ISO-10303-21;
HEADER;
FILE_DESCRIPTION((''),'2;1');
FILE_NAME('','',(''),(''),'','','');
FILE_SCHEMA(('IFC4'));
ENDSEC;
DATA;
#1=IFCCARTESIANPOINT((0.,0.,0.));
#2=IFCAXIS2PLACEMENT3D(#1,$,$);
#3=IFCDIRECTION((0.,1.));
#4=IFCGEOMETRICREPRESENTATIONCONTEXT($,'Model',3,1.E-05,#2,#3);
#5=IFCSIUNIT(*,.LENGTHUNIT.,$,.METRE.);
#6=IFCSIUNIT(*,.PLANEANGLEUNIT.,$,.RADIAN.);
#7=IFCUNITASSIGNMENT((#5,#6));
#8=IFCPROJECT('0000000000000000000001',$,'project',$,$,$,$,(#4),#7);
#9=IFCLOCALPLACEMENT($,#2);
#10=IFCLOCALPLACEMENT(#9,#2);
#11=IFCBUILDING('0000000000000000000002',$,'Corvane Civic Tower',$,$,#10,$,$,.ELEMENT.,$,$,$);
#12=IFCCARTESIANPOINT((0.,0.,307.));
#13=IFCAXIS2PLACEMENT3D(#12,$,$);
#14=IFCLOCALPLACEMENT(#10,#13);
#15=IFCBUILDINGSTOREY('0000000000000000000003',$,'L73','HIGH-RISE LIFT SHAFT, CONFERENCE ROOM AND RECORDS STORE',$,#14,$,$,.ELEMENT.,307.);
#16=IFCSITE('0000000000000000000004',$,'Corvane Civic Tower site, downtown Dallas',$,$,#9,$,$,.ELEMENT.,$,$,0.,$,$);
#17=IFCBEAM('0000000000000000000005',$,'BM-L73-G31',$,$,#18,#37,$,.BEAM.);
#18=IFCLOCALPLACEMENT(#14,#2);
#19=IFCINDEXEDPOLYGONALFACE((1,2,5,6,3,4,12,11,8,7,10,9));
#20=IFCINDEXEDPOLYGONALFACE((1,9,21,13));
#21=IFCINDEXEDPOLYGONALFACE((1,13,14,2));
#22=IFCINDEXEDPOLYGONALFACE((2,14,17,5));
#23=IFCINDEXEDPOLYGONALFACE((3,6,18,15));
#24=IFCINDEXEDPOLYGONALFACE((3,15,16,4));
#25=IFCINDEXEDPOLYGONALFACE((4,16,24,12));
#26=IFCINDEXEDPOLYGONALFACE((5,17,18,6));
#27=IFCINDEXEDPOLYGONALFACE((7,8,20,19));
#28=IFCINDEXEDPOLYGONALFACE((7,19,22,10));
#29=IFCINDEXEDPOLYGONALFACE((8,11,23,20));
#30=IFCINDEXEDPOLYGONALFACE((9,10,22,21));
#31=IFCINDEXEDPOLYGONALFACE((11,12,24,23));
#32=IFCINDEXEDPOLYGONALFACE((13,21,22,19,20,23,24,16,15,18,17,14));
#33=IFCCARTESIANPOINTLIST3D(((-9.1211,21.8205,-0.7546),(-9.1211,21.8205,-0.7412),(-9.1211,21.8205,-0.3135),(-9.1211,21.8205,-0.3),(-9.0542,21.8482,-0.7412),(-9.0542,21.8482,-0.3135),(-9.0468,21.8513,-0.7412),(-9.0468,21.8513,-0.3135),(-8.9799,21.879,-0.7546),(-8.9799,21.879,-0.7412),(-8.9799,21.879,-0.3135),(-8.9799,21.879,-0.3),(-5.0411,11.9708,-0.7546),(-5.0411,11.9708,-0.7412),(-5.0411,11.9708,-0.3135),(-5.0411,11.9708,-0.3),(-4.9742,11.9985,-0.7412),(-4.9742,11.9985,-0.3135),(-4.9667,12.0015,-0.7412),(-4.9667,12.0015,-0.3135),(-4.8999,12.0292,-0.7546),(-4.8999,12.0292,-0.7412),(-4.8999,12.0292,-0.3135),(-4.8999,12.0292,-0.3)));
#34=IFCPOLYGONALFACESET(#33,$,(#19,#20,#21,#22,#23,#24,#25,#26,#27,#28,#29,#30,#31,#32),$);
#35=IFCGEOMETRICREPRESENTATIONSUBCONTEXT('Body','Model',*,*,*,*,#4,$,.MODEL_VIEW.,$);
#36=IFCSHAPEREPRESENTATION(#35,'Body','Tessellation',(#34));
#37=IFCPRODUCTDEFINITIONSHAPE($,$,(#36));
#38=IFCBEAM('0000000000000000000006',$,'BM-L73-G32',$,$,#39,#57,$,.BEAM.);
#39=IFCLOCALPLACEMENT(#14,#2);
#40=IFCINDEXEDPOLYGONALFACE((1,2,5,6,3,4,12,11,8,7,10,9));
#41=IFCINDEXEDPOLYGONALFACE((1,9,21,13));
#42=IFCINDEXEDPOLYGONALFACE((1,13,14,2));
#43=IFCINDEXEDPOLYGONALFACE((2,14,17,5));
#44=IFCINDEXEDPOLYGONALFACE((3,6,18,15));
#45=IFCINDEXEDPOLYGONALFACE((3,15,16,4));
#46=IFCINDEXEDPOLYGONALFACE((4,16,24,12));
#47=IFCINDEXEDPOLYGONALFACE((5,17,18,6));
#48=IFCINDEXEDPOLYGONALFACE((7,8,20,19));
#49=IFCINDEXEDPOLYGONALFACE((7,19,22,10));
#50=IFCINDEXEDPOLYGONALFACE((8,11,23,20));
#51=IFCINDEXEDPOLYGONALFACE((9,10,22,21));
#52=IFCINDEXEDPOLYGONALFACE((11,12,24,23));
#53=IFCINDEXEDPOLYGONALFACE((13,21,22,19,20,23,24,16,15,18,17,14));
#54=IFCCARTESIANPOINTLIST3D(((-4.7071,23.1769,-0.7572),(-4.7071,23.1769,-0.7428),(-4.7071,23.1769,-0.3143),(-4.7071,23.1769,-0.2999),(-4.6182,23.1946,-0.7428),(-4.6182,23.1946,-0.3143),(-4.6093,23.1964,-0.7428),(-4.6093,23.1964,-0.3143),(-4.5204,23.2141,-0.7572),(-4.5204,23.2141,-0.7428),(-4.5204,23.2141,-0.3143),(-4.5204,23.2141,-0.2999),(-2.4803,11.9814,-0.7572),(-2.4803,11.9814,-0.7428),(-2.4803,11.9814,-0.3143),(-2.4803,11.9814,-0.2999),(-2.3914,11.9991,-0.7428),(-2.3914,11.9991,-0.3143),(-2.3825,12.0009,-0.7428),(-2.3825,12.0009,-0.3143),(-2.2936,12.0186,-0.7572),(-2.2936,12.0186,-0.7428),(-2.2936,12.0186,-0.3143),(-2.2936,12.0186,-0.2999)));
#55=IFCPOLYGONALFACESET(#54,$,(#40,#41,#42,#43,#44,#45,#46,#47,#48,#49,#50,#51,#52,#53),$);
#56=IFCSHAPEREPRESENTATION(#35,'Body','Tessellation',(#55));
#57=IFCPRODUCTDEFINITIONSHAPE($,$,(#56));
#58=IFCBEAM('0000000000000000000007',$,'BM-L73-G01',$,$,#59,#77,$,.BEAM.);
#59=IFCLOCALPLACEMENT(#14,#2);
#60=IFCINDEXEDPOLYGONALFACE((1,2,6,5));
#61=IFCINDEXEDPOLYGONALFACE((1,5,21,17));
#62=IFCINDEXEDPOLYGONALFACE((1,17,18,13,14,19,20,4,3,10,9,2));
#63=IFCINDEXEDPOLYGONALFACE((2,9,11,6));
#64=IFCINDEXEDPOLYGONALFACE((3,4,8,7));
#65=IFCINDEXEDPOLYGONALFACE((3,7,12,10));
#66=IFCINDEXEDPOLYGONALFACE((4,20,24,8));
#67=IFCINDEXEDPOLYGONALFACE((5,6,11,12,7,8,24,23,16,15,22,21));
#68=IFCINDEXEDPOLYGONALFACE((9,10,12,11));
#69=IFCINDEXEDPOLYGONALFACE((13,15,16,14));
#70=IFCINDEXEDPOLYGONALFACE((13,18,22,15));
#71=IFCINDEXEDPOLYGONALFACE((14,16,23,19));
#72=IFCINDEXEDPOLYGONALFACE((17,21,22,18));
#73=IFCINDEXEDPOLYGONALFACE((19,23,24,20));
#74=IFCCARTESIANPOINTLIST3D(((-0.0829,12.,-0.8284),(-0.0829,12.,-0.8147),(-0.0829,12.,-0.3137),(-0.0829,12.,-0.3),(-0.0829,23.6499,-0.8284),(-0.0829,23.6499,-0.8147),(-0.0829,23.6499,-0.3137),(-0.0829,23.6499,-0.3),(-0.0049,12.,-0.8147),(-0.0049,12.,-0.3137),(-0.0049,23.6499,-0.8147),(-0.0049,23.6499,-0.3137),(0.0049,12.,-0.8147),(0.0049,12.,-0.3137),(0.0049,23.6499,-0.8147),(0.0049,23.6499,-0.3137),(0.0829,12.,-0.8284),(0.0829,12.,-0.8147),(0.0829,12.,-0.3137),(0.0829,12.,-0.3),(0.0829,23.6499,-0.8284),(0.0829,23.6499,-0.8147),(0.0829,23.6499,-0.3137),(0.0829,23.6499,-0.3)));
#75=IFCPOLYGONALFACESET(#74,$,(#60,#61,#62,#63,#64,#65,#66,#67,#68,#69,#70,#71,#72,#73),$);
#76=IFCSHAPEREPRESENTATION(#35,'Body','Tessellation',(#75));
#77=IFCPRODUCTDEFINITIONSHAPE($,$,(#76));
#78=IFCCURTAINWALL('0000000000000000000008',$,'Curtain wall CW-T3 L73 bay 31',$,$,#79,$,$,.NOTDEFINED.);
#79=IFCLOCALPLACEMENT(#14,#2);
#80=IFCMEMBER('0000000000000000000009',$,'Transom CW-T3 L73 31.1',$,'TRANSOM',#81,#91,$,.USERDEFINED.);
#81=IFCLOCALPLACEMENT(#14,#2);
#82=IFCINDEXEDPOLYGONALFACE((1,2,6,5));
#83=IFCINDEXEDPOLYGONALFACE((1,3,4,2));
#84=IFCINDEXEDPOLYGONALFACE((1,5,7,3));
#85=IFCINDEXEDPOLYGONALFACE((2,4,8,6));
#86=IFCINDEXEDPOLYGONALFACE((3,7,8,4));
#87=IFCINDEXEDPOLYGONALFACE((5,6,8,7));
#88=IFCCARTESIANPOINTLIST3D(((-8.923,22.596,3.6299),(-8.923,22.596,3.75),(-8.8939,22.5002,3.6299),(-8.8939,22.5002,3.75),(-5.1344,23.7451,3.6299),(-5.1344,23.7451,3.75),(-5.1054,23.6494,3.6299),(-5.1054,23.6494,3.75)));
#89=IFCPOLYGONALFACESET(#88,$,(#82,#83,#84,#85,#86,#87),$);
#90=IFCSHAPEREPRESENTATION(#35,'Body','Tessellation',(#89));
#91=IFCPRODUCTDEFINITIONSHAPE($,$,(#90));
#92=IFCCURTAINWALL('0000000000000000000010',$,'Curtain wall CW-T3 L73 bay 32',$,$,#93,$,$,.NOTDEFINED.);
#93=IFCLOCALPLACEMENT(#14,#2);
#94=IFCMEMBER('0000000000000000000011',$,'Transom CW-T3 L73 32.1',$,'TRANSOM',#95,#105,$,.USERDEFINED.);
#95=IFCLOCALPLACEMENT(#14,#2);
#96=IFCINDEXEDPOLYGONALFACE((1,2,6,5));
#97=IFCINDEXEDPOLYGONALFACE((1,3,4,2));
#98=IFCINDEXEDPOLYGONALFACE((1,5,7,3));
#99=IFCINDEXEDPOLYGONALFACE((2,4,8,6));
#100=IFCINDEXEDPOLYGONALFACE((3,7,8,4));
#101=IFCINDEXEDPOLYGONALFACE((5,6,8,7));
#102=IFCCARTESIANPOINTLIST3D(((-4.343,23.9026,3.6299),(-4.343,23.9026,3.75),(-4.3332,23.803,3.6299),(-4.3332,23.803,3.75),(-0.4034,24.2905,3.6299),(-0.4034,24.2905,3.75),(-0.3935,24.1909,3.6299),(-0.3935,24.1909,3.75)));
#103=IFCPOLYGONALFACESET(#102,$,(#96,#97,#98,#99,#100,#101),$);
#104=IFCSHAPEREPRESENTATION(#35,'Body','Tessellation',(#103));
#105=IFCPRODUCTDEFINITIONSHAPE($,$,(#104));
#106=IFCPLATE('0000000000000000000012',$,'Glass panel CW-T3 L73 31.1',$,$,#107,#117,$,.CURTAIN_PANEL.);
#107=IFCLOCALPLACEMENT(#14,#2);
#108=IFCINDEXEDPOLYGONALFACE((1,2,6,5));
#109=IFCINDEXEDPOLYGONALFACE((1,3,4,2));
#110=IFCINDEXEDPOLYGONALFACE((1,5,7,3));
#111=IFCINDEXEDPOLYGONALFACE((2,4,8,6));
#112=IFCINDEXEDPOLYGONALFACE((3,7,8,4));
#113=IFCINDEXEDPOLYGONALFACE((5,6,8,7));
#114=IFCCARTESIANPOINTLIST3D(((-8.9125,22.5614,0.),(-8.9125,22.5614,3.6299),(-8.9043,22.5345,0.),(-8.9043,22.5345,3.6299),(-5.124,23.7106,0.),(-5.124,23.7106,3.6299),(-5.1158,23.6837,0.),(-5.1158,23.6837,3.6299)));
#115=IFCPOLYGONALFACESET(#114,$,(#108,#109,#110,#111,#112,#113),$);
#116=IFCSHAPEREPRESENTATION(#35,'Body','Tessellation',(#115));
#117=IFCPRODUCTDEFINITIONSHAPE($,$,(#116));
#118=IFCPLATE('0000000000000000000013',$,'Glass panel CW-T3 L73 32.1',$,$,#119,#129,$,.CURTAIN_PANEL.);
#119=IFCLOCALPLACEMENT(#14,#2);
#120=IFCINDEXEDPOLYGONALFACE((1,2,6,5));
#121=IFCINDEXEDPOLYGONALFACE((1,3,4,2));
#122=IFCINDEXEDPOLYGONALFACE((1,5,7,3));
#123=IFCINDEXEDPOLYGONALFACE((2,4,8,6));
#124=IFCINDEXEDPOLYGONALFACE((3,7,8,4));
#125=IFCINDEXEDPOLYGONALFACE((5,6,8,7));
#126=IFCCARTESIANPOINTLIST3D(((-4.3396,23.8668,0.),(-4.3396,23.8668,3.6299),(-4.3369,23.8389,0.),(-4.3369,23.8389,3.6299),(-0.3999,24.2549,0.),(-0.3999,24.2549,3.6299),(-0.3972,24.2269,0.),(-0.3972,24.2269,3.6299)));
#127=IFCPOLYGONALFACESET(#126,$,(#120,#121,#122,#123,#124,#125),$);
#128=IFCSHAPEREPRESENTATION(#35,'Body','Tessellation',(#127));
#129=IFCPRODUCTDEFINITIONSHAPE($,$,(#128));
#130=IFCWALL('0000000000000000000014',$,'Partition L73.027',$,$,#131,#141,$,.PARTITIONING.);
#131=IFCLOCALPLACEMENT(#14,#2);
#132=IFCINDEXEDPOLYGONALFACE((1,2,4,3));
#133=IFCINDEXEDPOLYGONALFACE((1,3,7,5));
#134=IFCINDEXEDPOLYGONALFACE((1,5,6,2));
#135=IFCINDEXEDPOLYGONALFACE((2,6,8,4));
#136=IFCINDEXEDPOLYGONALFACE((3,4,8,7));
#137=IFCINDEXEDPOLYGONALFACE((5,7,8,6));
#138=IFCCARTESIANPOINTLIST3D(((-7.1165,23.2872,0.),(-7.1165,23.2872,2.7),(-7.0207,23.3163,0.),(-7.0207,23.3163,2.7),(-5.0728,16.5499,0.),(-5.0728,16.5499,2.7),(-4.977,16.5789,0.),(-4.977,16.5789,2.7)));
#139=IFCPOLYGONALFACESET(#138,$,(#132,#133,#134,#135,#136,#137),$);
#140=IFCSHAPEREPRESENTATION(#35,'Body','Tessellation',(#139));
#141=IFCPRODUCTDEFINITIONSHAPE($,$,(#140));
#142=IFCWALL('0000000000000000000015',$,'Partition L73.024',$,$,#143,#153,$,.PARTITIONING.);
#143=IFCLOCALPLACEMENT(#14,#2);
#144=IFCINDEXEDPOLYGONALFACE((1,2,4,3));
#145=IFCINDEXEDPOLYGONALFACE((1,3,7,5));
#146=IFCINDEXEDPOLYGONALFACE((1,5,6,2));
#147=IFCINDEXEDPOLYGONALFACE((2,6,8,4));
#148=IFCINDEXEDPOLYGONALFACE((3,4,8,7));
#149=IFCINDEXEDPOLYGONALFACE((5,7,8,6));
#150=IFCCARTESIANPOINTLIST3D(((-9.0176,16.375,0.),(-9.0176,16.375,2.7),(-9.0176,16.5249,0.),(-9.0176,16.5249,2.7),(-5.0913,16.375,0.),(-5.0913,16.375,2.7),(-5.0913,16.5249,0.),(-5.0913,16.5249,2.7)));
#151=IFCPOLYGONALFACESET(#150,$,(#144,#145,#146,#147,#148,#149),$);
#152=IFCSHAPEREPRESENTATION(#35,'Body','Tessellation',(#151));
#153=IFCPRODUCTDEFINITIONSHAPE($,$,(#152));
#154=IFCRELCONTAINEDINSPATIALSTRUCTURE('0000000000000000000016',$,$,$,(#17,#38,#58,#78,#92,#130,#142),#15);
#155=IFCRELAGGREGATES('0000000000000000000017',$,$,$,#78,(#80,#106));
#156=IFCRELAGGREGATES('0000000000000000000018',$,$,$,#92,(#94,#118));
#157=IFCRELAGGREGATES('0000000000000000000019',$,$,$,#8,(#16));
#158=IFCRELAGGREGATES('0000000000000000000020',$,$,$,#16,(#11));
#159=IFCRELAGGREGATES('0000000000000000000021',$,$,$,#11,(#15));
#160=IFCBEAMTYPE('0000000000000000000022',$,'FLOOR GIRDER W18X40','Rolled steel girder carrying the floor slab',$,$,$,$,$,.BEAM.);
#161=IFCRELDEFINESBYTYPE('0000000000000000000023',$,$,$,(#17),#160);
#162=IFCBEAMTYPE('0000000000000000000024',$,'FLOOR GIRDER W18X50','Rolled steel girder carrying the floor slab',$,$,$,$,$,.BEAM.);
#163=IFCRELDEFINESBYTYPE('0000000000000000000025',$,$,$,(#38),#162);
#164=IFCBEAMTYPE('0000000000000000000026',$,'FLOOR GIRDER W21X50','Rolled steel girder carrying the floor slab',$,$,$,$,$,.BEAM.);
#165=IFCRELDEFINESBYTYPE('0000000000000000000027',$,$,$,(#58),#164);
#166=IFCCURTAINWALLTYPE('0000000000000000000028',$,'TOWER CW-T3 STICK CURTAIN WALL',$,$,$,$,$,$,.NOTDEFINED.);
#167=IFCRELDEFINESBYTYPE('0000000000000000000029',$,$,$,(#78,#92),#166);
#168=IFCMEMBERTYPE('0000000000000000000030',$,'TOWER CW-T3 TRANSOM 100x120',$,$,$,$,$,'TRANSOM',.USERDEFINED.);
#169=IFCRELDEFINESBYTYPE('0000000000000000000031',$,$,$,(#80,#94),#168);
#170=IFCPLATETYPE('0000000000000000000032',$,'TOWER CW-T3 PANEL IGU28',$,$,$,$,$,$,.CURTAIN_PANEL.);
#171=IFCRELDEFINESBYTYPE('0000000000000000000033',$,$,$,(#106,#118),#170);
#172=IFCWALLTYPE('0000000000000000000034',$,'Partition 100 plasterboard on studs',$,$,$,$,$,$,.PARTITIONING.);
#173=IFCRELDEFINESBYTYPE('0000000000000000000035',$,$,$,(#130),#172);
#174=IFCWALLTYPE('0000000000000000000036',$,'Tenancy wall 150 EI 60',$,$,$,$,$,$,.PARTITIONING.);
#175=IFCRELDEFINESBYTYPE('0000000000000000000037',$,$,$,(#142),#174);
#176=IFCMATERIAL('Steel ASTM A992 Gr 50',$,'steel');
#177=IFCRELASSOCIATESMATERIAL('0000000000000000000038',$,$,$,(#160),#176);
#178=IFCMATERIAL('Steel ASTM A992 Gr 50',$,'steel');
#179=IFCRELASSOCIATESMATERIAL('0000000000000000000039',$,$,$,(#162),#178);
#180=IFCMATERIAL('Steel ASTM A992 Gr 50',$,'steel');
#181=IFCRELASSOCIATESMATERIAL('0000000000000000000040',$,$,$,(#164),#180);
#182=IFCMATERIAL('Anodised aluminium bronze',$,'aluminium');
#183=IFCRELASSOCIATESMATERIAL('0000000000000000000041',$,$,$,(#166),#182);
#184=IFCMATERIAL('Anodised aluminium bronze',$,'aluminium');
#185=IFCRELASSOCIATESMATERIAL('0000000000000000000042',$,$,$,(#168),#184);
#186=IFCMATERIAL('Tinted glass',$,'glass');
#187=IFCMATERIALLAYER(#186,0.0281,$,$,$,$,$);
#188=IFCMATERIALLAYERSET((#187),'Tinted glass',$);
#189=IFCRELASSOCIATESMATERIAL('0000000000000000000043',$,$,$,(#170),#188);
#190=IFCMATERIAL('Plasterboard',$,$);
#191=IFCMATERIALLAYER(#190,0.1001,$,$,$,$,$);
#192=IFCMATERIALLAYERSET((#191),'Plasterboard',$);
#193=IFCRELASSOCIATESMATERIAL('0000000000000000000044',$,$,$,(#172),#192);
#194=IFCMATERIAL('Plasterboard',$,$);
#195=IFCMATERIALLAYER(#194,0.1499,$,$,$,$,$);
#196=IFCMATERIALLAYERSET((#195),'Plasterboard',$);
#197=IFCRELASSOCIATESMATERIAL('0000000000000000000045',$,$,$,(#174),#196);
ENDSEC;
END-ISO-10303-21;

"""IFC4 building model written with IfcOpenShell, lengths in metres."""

from ifc_helpers import new_model, si_unit, direction, frame, frame_2d, origin, origin_2d, place, context, subcontext, project, spatial, rectangle, i_section, extrude, material, layer, layer_set, material_profile, profile_set, type_object, element, aggregate, save


model = new_model("IFC4")

# Units and contexts
model_context = context("Model", 3, precision=1e-05, world=origin(), true_north=direction((0.0, 1.0)))
body_context = subcontext(model_context, "Body", "Model", "MODEL_VIEW")
ifc_project = project(units=[si_unit("LENGTHUNIT", "METRE"), si_unit("PLANEANGLEUNIT", "RADIAN")], contexts=[model_context])

# Site, building, storey
site_placement = place(None, origin())
site = spatial("IfcSite", under=ifc_project, at=site_placement, Name="Corvane Civic Tower site, downtown Dallas", CompositionType="ELEMENT", RefElevation=0.0)
building_placement = place(site_placement, origin())
building = spatial("IfcBuilding", under=site, at=building_placement, Name="Corvane Civic Tower", CompositionType="ELEMENT")
storey_placement = place(building_placement, frame((0.0, 0.0, 307.0)))
storey = spatial("IfcBuildingStorey", under=building, at=storey_placement, Name="L73", Description="HIGH-RISE LIFT SHAFT, CONFERENCE ROOM AND RECORDS STORE", CompositionType="ELEMENT", Elevation=307.0)

# Beams
ifc_material_1 = material(Name="Steel ASTM A992 Gr 50", Category="steel")
ifc_material_profile_1 = material_profile(ifc_material_1, i_section(OverallWidth=0.1528, OverallDepth=0.4546, WebThickness=0.0081, FlangeThickness=0.0134, at=origin_2d()), Name="W18X40")
ifc_profile_set_1 = profile_set([ifc_material_profile_1], Name="Steel ASTM A992 Gr 50")
beam_type_1 = type_object("IfcBeamType", Name="FLOOR GIRDER W18X40", Description="Rolled steel girder carrying the floor slab", PredefinedType="BEAM", material=ifc_profile_set_1)
beam_1_placement = place(storey_placement, frame((-4.9705, 12.0, -0.5273), z_axis=(-0.382694, 0.923875, 0.0), x_axis=(-0.923875, -0.382694, 0.0)))
element("IfcBeam", 1, at=beam_1_placement, inside=storey, type_object=beam_type_1, Name="BM-L73-G31", PredefinedType="BEAM", context=body_context, shape_type="SweptSolid", body=[
    extrude(i_section(OverallWidth=0.1528, OverallDepth=0.4546, WebThickness=0.0081, FlangeThickness=0.0134, at=origin_2d()), origin(), (0.0, 0.0, 1.0), 10.6614),
])
ifc_material_2 = material(Name="Steel ASTM A992 Gr 50", Category="steel")
ifc_material_profile_2 = material_profile(ifc_material_2, i_section(OverallWidth=0.1904, OverallDepth=0.4573, WebThickness=0.009, FlangeThickness=0.0144, at=origin_2d()), Name="W18X50")
ifc_profile_set_2 = profile_set([ifc_material_profile_2], Name="Steel ASTM A992 Gr 50")
beam_type_2 = type_object("IfcBeamType", Name="FLOOR GIRDER W18X50", Description="Rolled steel girder carrying the floor slab", PredefinedType="BEAM", material=ifc_profile_set_2)
beam_2_placement = place(storey_placement, frame((-2.387, 12.0, -0.5286), z_axis=(-0.19508, 0.980787, 0.0), x_axis=(-0.980787, -0.19508, 0.0)))
element("IfcBeam", 2, at=beam_2_placement, inside=storey, type_object=beam_type_2, Name="BM-L73-G32", PredefinedType="BEAM", context=body_context, shape_type="SweptSolid", body=[
    extrude(i_section(OverallWidth=0.1904, OverallDepth=0.4573, WebThickness=0.009, FlangeThickness=0.0144, at=origin_2d()), origin(), (0.0, 0.0, 1.0), 11.4148),
])
ifc_material_3 = material(Name="Steel ASTM A992 Gr 50", Category="steel")
ifc_material_profile_3 = material_profile(ifc_material_3, i_section(OverallWidth=0.1658, OverallDepth=0.5283, WebThickness=0.0098, FlangeThickness=0.0137, at=origin_2d()), Name="W21X50")
ifc_profile_set_3 = profile_set([ifc_material_profile_3], Name="Steel ASTM A992 Gr 50")
beam_type_3 = type_object("IfcBeamType", Name="FLOOR GIRDER W21X50", Description="Rolled steel girder carrying the floor slab", PredefinedType="BEAM", material=ifc_profile_set_3)
beam_3_placement = place(storey_placement, frame((0.0, 12.0, -0.5642), z_axis=(0.0, 1.0, 0.0), x_axis=(-1.0, 0.0, 0.0)))
element("IfcBeam", 3, at=beam_3_placement, inside=storey, type_object=beam_type_3, Name="BM-L73-G01", PredefinedType="BEAM", context=body_context, shape_type="SweptSolid", body=[
    extrude(i_section(OverallWidth=0.1658, OverallDepth=0.5283, WebThickness=0.0098, FlangeThickness=0.0137, at=origin_2d()), origin(), (0.0, 0.0, 1.0), 11.6499),
])

# Curtain walls, members
ifc_material_4 = material(Name="Anodised aluminium bronze", Category="aluminium")
curtain_wall_type = type_object("IfcCurtainWallType", Name="TOWER CW-T3 STICK CURTAIN WALL", PredefinedType="NOTDEFINED", material=ifc_material_4)
curtain_wall_1_placement = place(storey_placement, origin())
curtain_wall_1 = element("IfcCurtainWall", 4, at=curtain_wall_1_placement, inside=storey, type_object=curtain_wall_type, Name="Curtain wall CW-T3 L73 bay 31", PredefinedType="NOTDEFINED")
ifc_material_5 = material(Name="Anodised aluminium bronze", Category="aluminium")
ifc_material_profile_4 = material_profile(ifc_material_5, rectangle(XDim=0.1001, YDim=0.1201, at=origin_2d()), Name="TOWER CW-T3 TRANSOM 100x120")
ifc_profile_set_4 = profile_set([ifc_material_profile_4], Name="Anodised aluminium bronze")
member_type = type_object("IfcMemberType", Name="TOWER CW-T3 TRANSOM 100x120", ElementType="TRANSOM", PredefinedType="USERDEFINED", material=ifc_profile_set_4)
member_1_placement = place(storey_placement, frame((-8.9084, 22.5481, 3.6899), z_axis=(0.956946, 0.290266, 0.0), x_axis=(-0.290266, 0.956946, 0.0)))
member_1 = element("IfcMember", 5, at=member_1_placement, type_object=member_type, Name="Transom CW-T3 L73 31.1", ObjectType="TRANSOM", PredefinedType="USERDEFINED", context=body_context, shape_type="SweptSolid", body=[
    extrude(rectangle(XDim=0.1001, YDim=0.1201, at=origin_2d()), origin(), (0.0, 0.0, 1.0), 3.959),
])
curtain_wall_2_placement = place(storey_placement, origin())
curtain_wall_2 = element("IfcCurtainWall", 6, at=curtain_wall_2_placement, inside=storey, type_object=curtain_wall_type, Name="Curtain wall CW-T3 L73 bay 32", PredefinedType="NOTDEFINED")
member_2_placement = place(storey_placement, frame((-4.3381, 23.8528, 3.6899), z_axis=(0.995187, 0.097995, 0.0), x_axis=(-0.097995, 0.995187, 0.0)))
member_2 = element("IfcMember", 7, at=member_2_placement, type_object=member_type, Name="Transom CW-T3 L73 32.1", ObjectType="TRANSOM", PredefinedType="USERDEFINED", context=body_context, shape_type="SweptSolid", body=[
    extrude(rectangle(XDim=0.1001, YDim=0.1201, at=origin_2d()), origin(), (0.0, 0.0, 1.0), 3.9587),
])

# Plates
ifc_material_6 = material(Name="Tinted glass", Category="glass")
ifc_layer_1 = layer(ifc_material_6, 0.0281)
ifc_layer_set_1 = layer_set([ifc_layer_1], Name="Tinted glass")
plate_type = type_object("IfcPlateType", Name="TOWER CW-T3 PANEL IGU28", PredefinedType="CURTAIN_PANEL", material=ifc_layer_set_1)
plate_1_placement = place(storey_placement, frame((-7.0142, 23.1226, 0.0), z_axis=(0.0, 0.0, 1.0), x_axis=(0.956944, 0.290274, 0.0)))
plate_1 = element("IfcPlate", 8, at=plate_1_placement, type_object=plate_type, Name="Glass panel CW-T3 L73 31.1", PredefinedType="CURTAIN_PANEL", context=body_context, shape_type="SweptSolid", body=[
    extrude(rectangle(XDim=3.959, YDim=0.0281, at=origin_2d()), origin(), (0.0, 0.0, 1.0), 3.6299),
])
aggregate(curtain_wall_1, [member_1, plate_1])
plate_2_placement = place(storey_placement, frame((-2.3684, 24.0469, 0.0), z_axis=(0.0, 0.0, 1.0), x_axis=(0.995184, 0.098021, 0.0)))
plate_2 = element("IfcPlate", 9, at=plate_2_placement, type_object=plate_type, Name="Glass panel CW-T3 L73 32.1", PredefinedType="CURTAIN_PANEL", context=body_context, shape_type="SweptSolid", body=[
    extrude(rectangle(XDim=3.9587, YDim=0.0281, at=origin_2d()), origin(), (0.0, 0.0, 1.0), 3.6299),
])
aggregate(curtain_wall_2, [member_2, plate_2])

# Walls
ifc_material_7 = material(Name="Plasterboard")
ifc_layer_2 = layer(ifc_material_7, 0.1001)
ifc_layer_set_2 = layer_set([ifc_layer_2], Name="Plasterboard")
wall_type_1 = type_object("IfcWallType", Name="Partition 100 plasterboard on studs", PredefinedType="PARTITIONING", material=ifc_layer_set_2)
wall_1_placement = place(storey_placement, frame((-7.0686, 23.3018, 0.0), z_axis=(0.0, 0.0, 1.0), x_axis=(0.29028, -0.956942, 0.0)))
element("IfcWall", 10, at=wall_1_placement, inside=storey, type_object=wall_type_1, Name="Partition L73.027", PredefinedType="PARTITIONING", context=body_context, shape_type="SweptSolid", body=[
    extrude(rectangle(XDim=7.0405, YDim=0.1001, at=frame_2d((3.5203, 0.0))), origin(), (0.0, 0.0, 1.0), 2.7),
])
ifc_material_8 = material(Name="Plasterboard")
ifc_layer_3 = layer(ifc_material_8, 0.1499)
ifc_layer_set_3 = layer_set([ifc_layer_3], Name="Plasterboard")
wall_type_2 = type_object("IfcWallType", Name="Tenancy wall 150 EI 60", PredefinedType="PARTITIONING", material=ifc_layer_set_3)
wall_2_placement = place(storey_placement, frame((-9.0176, 16.45, 0.0), z_axis=(0.0, 0.0, 1.0), x_axis=(1.0, 0.0, 0.0)))
element("IfcWall", 11, at=wall_2_placement, inside=storey, type_object=wall_type_2, Name="Partition L73.024", PredefinedType="PARTITIONING", context=body_context, shape_type="SweptSolid", body=[
    extrude(rectangle(XDim=3.9263, YDim=0.1499, at=frame_2d((1.9631, 0.0))), origin(), (0.0, 0.0, 1.0), 2.7),
])

save(model, "model.ifc")
